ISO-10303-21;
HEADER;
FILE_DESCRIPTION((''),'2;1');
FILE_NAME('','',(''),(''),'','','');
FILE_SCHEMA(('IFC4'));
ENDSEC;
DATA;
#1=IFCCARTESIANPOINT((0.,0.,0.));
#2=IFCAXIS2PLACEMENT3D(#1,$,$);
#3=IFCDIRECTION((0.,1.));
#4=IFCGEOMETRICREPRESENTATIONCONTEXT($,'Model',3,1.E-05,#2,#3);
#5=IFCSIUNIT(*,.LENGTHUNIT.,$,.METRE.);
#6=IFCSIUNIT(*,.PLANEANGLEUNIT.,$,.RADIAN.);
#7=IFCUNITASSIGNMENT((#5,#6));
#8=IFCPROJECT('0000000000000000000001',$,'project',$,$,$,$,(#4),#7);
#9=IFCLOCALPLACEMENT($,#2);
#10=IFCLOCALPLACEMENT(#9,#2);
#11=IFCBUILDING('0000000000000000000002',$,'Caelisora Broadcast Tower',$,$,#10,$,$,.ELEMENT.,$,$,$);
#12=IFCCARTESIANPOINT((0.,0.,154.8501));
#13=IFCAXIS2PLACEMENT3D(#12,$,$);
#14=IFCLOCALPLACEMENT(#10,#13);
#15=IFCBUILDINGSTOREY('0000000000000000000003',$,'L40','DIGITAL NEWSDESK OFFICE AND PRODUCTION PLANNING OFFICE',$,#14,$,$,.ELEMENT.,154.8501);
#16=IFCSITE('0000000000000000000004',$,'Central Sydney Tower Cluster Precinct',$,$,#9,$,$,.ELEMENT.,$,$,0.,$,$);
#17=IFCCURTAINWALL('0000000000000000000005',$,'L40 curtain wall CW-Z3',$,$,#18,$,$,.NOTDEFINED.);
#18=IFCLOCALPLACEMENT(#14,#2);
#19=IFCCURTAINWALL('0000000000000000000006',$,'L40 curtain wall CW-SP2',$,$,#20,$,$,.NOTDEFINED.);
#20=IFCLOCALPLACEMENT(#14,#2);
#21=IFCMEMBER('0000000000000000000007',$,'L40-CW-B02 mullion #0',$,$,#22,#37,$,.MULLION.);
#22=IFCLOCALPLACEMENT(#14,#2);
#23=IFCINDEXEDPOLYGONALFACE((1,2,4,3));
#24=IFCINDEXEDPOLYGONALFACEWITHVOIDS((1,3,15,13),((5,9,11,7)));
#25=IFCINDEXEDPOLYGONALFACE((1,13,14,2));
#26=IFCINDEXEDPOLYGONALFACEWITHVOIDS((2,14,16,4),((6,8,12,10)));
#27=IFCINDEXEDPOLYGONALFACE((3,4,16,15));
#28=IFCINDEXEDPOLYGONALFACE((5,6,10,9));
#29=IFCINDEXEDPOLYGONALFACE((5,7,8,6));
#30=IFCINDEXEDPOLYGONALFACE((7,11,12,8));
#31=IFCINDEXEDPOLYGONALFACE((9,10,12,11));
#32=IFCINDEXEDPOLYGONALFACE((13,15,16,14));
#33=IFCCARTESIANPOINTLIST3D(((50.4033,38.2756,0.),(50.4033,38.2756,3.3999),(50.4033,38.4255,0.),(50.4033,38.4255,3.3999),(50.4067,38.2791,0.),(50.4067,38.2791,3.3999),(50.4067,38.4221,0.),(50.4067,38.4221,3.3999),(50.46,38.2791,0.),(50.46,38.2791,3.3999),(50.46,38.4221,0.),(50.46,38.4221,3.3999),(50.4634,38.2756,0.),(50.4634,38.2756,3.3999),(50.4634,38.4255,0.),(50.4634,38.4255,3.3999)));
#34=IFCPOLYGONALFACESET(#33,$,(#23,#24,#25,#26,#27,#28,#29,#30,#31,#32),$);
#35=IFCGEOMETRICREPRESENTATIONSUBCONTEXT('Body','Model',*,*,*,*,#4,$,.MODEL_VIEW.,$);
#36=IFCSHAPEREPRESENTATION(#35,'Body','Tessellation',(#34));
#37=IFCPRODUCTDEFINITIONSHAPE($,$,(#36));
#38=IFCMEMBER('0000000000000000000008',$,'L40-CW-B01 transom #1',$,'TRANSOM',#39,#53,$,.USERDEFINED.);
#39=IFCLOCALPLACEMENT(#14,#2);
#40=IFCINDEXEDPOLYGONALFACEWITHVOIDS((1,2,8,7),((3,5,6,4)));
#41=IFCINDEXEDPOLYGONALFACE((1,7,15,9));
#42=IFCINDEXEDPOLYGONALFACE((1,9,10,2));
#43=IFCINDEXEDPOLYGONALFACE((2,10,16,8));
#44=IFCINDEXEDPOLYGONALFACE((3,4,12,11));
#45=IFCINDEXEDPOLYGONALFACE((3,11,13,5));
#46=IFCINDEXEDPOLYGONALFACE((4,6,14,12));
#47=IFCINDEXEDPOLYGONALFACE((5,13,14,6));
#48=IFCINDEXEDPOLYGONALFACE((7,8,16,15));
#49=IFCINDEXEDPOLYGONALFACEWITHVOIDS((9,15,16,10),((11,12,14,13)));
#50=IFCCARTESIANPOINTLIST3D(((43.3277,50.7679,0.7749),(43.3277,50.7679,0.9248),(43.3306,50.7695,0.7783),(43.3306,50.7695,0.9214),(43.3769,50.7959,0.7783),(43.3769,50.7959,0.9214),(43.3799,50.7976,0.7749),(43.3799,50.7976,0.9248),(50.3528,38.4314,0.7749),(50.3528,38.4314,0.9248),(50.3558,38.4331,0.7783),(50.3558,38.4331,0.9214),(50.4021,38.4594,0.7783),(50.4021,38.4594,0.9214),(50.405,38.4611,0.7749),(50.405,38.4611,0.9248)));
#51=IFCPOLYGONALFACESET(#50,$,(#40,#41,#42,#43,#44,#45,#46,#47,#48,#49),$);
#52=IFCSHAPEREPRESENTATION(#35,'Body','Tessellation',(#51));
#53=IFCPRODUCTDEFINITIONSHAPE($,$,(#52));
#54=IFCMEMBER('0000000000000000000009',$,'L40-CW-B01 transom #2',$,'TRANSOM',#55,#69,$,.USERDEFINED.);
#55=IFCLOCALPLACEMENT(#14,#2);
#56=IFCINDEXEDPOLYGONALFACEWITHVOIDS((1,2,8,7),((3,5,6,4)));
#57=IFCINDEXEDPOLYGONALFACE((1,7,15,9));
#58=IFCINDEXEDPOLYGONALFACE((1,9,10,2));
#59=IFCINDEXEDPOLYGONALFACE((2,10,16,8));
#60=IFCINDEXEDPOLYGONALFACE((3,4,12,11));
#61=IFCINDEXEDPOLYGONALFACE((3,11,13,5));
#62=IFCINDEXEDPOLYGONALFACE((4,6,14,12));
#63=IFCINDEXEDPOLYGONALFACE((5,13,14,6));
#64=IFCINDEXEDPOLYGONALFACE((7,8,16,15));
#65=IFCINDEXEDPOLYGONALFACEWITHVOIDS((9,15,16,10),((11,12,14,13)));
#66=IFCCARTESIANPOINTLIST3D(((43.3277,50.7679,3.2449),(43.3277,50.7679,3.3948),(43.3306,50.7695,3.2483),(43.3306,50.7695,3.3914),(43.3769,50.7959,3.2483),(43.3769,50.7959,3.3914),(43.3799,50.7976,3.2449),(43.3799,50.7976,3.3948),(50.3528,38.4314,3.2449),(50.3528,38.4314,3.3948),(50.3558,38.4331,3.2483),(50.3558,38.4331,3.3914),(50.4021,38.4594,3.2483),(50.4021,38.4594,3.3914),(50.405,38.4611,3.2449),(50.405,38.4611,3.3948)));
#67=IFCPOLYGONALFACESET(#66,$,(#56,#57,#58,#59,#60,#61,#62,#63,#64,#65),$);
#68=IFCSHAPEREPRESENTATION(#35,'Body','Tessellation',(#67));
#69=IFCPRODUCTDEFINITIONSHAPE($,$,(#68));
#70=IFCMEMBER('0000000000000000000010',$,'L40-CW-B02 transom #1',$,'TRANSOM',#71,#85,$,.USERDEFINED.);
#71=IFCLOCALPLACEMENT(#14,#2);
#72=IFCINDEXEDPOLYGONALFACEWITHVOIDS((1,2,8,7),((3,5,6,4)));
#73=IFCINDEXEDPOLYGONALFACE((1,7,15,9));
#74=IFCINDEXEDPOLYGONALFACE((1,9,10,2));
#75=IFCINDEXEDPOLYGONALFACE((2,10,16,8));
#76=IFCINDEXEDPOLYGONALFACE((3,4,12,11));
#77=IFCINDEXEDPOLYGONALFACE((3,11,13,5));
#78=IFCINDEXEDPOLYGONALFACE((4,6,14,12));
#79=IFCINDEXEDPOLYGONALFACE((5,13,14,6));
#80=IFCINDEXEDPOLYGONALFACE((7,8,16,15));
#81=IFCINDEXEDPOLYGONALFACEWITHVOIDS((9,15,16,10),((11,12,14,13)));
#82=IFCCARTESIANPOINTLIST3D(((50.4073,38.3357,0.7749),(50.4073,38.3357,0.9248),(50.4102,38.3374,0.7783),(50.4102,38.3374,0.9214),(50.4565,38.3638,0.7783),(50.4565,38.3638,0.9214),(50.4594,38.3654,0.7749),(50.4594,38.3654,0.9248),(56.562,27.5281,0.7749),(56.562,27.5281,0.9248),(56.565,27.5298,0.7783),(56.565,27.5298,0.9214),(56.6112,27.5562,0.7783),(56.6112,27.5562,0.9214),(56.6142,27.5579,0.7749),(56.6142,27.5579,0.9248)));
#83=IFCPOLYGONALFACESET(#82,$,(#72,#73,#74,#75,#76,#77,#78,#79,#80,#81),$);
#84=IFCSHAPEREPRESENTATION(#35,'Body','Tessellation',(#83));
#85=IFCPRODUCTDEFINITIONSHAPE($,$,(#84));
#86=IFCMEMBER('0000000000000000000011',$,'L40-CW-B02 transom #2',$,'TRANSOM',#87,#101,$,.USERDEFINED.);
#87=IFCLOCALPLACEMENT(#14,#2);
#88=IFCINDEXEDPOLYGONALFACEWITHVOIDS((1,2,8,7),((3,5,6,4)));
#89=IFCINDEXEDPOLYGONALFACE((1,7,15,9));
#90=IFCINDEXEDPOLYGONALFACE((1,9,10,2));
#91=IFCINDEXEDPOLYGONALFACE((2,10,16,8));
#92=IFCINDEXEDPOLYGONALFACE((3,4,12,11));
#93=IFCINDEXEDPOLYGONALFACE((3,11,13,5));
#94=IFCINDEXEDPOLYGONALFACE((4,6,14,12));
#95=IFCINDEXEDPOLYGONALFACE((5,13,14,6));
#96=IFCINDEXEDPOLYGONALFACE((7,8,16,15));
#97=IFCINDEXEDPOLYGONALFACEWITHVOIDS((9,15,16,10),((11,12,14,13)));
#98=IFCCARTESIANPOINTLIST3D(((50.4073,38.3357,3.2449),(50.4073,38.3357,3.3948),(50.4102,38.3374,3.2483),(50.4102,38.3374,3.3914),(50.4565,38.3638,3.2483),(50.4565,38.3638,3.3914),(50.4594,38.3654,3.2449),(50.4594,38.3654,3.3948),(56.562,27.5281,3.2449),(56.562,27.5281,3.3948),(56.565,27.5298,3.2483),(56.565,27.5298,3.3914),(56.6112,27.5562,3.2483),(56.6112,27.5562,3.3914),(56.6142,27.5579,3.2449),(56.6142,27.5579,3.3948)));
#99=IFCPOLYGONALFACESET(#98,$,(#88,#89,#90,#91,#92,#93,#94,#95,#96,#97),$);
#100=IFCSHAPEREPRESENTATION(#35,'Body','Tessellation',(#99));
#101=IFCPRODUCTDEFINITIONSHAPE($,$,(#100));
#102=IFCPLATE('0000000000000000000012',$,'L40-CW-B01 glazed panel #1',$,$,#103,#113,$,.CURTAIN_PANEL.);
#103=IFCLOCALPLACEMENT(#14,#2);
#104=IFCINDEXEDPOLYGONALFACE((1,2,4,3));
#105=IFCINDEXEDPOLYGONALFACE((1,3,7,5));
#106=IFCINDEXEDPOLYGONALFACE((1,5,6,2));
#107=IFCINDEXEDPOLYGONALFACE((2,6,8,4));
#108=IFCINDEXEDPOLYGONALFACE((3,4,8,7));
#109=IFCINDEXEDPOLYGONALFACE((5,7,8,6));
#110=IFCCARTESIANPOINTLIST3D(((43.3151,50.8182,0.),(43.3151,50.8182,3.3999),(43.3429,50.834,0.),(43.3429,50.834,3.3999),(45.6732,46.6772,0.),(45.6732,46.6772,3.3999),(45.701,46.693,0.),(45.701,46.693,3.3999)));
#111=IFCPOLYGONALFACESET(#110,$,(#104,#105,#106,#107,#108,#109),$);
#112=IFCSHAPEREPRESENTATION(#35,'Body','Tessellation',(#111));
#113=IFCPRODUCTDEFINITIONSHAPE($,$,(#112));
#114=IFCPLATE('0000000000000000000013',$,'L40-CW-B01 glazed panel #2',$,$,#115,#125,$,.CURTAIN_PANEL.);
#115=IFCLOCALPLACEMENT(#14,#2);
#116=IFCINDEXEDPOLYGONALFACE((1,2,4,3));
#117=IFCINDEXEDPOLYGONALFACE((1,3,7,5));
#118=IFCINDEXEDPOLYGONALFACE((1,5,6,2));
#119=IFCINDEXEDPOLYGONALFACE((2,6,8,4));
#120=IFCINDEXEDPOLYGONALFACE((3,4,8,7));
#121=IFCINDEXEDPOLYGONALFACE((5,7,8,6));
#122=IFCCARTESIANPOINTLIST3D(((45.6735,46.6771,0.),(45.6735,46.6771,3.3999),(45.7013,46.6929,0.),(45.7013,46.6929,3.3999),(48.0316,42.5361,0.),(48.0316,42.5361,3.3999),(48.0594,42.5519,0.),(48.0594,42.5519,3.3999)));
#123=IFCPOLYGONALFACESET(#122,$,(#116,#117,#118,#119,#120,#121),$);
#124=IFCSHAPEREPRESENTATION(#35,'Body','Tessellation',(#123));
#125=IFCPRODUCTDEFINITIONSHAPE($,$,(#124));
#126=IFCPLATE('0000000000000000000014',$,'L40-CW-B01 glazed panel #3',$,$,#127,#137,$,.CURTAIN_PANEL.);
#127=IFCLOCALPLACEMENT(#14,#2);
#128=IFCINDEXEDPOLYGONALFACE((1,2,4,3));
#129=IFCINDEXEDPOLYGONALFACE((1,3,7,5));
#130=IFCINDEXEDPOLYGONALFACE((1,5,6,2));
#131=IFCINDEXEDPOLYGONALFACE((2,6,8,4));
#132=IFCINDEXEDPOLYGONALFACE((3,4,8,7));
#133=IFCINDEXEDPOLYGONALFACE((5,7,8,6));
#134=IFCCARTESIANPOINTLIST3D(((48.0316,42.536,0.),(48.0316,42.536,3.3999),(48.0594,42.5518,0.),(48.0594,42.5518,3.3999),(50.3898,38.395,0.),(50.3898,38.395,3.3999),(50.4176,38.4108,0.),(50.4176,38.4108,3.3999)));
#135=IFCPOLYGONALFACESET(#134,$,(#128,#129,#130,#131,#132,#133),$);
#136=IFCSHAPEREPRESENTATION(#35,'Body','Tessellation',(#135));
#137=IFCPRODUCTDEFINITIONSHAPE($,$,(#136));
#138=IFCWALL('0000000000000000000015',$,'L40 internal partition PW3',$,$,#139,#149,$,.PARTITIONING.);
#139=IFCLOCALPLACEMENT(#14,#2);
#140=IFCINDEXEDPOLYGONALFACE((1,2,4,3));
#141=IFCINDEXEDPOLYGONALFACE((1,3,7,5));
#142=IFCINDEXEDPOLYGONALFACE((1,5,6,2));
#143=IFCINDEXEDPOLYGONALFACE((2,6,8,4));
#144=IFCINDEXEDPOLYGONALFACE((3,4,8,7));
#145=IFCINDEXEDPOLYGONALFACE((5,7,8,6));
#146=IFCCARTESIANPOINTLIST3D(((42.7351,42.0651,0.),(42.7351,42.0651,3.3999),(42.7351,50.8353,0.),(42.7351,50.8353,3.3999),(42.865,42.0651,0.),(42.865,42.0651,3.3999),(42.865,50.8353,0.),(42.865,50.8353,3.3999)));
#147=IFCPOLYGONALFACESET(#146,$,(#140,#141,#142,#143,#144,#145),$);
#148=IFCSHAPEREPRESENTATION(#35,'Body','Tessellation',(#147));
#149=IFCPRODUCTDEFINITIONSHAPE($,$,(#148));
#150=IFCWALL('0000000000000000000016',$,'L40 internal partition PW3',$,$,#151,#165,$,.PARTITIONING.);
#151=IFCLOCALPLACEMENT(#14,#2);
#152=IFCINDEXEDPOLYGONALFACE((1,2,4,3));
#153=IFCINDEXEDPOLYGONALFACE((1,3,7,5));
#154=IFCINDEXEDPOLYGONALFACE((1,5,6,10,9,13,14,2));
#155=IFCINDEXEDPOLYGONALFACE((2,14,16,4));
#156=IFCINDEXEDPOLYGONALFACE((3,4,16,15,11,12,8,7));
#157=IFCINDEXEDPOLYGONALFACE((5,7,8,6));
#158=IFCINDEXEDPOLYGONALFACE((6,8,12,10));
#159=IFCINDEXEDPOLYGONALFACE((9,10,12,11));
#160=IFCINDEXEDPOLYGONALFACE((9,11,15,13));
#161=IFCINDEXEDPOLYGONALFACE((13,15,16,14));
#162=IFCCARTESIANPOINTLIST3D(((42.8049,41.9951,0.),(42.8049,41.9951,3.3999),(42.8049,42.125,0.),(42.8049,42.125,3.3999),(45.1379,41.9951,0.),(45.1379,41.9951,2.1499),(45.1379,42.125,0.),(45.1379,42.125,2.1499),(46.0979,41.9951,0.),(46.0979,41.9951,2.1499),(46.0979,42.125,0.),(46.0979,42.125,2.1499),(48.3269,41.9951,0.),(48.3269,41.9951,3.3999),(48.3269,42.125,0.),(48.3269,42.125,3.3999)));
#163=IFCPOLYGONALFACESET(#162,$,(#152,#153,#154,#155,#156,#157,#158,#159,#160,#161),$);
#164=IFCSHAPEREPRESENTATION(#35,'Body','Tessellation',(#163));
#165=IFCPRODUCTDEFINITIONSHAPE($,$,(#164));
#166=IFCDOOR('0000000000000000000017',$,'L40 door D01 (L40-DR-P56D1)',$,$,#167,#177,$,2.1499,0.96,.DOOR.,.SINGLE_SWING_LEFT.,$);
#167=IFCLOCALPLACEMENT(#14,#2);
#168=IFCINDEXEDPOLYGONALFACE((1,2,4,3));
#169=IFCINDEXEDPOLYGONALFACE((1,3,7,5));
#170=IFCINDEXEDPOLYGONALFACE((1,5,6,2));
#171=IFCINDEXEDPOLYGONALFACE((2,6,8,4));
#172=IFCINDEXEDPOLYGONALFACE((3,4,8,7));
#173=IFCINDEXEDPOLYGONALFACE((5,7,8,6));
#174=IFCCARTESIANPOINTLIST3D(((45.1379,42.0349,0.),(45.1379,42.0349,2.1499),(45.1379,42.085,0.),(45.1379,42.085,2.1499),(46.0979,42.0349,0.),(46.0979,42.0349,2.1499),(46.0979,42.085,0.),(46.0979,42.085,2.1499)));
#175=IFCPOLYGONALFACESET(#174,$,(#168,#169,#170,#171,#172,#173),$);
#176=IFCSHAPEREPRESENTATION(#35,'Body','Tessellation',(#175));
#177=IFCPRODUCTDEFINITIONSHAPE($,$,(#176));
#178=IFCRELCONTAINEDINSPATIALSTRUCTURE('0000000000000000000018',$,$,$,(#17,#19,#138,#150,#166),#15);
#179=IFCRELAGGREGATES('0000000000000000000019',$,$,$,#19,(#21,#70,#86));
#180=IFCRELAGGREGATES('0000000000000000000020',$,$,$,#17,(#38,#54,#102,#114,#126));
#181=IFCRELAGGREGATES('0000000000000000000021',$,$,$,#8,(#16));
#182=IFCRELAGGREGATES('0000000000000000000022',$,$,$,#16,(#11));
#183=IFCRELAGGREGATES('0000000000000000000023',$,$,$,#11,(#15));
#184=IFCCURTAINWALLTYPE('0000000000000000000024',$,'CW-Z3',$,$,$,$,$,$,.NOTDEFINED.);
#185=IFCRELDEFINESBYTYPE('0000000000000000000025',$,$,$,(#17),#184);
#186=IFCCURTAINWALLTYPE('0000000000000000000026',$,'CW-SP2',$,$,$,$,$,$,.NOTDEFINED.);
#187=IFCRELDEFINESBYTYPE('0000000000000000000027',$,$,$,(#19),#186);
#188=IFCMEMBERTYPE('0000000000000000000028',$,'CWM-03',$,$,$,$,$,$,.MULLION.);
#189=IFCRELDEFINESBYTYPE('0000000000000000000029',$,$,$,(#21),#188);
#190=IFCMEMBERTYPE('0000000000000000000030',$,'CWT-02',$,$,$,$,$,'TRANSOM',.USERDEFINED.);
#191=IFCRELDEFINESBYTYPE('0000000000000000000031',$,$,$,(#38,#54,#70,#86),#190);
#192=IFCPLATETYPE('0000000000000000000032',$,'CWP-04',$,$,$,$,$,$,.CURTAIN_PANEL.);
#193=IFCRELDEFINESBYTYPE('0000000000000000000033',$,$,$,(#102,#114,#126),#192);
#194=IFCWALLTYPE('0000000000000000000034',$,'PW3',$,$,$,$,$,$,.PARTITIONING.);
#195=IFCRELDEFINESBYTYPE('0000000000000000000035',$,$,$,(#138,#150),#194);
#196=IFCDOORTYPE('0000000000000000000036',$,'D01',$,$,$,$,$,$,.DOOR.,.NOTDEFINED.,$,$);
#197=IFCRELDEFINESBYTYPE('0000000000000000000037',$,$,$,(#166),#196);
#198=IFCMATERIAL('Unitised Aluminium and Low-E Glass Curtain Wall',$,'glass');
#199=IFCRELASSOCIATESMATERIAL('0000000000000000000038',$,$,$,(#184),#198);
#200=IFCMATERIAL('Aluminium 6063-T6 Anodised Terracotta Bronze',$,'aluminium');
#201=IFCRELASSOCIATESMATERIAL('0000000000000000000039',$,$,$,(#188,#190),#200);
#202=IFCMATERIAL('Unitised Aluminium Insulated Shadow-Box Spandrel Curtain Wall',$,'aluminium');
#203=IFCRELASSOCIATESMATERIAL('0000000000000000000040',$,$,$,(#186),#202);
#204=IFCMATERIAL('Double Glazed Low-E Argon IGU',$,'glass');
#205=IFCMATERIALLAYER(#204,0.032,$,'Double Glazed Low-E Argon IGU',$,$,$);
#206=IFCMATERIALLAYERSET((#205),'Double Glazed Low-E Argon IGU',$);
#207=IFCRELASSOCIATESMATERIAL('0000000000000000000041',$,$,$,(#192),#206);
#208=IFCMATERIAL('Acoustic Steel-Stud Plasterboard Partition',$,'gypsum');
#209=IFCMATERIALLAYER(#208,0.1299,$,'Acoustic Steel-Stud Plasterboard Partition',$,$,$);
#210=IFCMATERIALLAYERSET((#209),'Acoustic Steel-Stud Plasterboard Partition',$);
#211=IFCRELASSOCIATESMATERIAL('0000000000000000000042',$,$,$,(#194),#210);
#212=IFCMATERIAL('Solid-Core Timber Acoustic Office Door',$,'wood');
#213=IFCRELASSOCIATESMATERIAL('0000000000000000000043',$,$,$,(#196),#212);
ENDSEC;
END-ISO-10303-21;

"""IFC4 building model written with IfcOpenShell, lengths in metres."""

from ifc_helpers import new_model, si_unit, direction, frame, frame_2d, origin, origin_2d, place, context, subcontext, project, spatial, rectangle, hollow_rectangle, extrude, source, transform, mapped, material, layer, layer_set, material_profile, profile_set, type_object, type_shapes, element, fill, aggregate, save


model = new_model("IFC4")

# Units and contexts
model_context = context("Model", 3, precision=1e-05, world=origin(), true_north=direction((0.0, 1.0)))
body_context = subcontext(model_context, "Body", "Model", "MODEL_VIEW")
ifc_project = project(units=[si_unit("LENGTHUNIT", "METRE"), si_unit("PLANEANGLEUNIT", "RADIAN")], contexts=[model_context])

# Site, building, storey
site_placement = place(None, origin())
site = spatial("IfcSite", under=ifc_project, at=site_placement, Name="Central Sydney Tower Cluster Precinct", CompositionType="ELEMENT", RefElevation=0.0)
building_placement = place(site_placement, origin())
building = spatial("IfcBuilding", under=site, at=building_placement, Name="Caelisora Broadcast Tower", CompositionType="ELEMENT")
storey_placement = place(building_placement, frame((0.0, 0.0, 154.8501)))
storey = spatial("IfcBuildingStorey", under=building, at=storey_placement, Name="L40", Description="DIGITAL NEWSDESK OFFICE AND PRODUCTION PLANNING OFFICE", CompositionType="ELEMENT", Elevation=154.8501)

# Curtain wall
ifc_material_1 = material(Name="Unitised Aluminium and Low-E Glass Curtain Wall", Category="glass")
curtain_wall_type_1 = type_object("IfcCurtainWallType", Name="CW-Z3", PredefinedType="NOTDEFINED", material=ifc_material_1)
curtain_wall_1_placement = place(storey_placement, origin())
curtain_wall_1 = element("IfcCurtainWall", 1, at=curtain_wall_1_placement, inside=storey, type_object=curtain_wall_type_1, Name="L40 curtain wall CW-Z3", PredefinedType="NOTDEFINED")
ifc_material_2 = material(Name="Aluminium 6063-T6 Anodised Terracotta Bronze", Category="aluminium")
ifc_material_profile_1 = material_profile(ifc_material_2, hollow_rectangle(XDim=0.0601, YDim=0.1499, WallThickness=0.0034, at=origin_2d()), Name="Aluminium 6063-T6 Anodised Terracotta Bronze")
ifc_profile_set_1 = profile_set([ifc_material_profile_1], Name="Aluminium 6063-T6 Anodised Terracotta Bronze")
member_type_1 = type_object("IfcMemberType", Name="CWM-03", PredefinedType="MULLION", material=ifc_profile_set_1)
shared_shape_1 = source(origin(), body_context, "Body", "SweptSolid", [
    extrude(hollow_rectangle(XDim=0.0601, YDim=0.1499, WallThickness=0.0034, at=origin_2d()), origin(), (0.0, 0.0, 1.0), 3.3999),
])
type_shapes(member_type_1, [shared_shape_1])

# Curtain wall, member
ifc_material_3 = material(Name="Unitised Aluminium Insulated Shadow-Box Spandrel Curtain Wall", Category="aluminium")
curtain_wall_type_2 = type_object("IfcCurtainWallType", Name="CW-SP2", PredefinedType="NOTDEFINED", material=ifc_material_3)
curtain_wall_2_placement = place(storey_placement, origin())
curtain_wall_2 = element("IfcCurtainWall", 2, at=curtain_wall_2_placement, inside=storey, type_object=curtain_wall_type_2, Name="L40 curtain wall CW-SP2", PredefinedType="NOTDEFINED")
member_1_placement = place(storey_placement, frame((50.4333, 38.3506, 0.0), z_axis=(0.0, 0.0, 1.0), x_axis=(1.0, 0.0, 0.0)))
member_1 = element("IfcMember", 3, at=member_1_placement, type_object=member_type_1, Name="L40-CW-B02 mullion #0", PredefinedType="MULLION", context=body_context, shape_type="MappedRepresentation", body=[
    mapped(shared_shape_1, transform((0.0, 0.0, 0.0), scale=1.0)),
])

# Members
ifc_material_profile_2 = material_profile(ifc_material_2, hollow_rectangle(XDim=0.0601, YDim=0.1499, WallThickness=0.0034, at=origin_2d()), Name="Aluminium 6063-T6 Anodised Terracotta Bronze")
ifc_profile_set_2 = profile_set([ifc_material_profile_2], Name="Aluminium 6063-T6 Anodised Terracotta Bronze")
member_type_2 = type_object("IfcMemberType", Name="CWT-02", ElementType="TRANSOM", PredefinedType="USERDEFINED", material=ifc_profile_set_2)
shared_shape_2 = source(origin(), body_context, "Body", "SweptSolid", [
    extrude(hollow_rectangle(XDim=0.0601, YDim=0.1499, WallThickness=0.0034, at=origin_2d()), origin(), (0.0, 0.0, 1.0), 14.1965),
])
member_2_placement = place(storey_placement, frame((43.3538, 50.7827, 0.8499), z_axis=(0.494851, -0.868978, 0.0), x_axis=(0.868978, 0.494851, 0.0)))
member_2 = element("IfcMember", 4, at=member_2_placement, type_object=member_type_2, Name="L40-CW-B01 transom #1", ObjectType="TRANSOM", PredefinedType="USERDEFINED", context=body_context, shape_type="MappedRepresentation", body=[
    mapped(shared_shape_2, transform((0.0, 0.0, 0.0), scale=1.0)),
])
member_3_placement = place(storey_placement, frame((43.3538, 50.7827, 3.3198), z_axis=(0.494851, -0.868978, 0.0), x_axis=(0.868978, 0.494851, 0.0)))
member_3 = element("IfcMember", 5, at=member_3_placement, type_object=member_type_2, Name="L40-CW-B01 transom #2", ObjectType="TRANSOM", PredefinedType="USERDEFINED", context=body_context, shape_type="MappedRepresentation", body=[
    mapped(shared_shape_2, transform((0.0, 0.0, 0.0), scale=1.0)),
])
shared_shape_3 = source(origin(), body_context, "Body", "SweptSolid", [
    extrude(hollow_rectangle(XDim=0.0601, YDim=0.1499, WallThickness=0.0034, at=origin_2d()), origin(), (0.0, 0.0, 1.0), 12.4373),
])
type_shapes(member_type_2, [shared_shape_2, shared_shape_3])
member_4_placement = place(storey_placement, frame((50.4333, 38.3506, 0.8499), z_axis=(0.494866, -0.868969, 0.0), x_axis=(0.868969, 0.494866, 0.0)))
member_4 = element("IfcMember", 6, at=member_4_placement, type_object=member_type_2, Name="L40-CW-B02 transom #1", ObjectType="TRANSOM", PredefinedType="USERDEFINED", context=body_context, shape_type="MappedRepresentation", body=[
    mapped(shared_shape_3, transform((0.0, 0.0, 0.0), scale=1.0)),
])
member_5_placement = place(storey_placement, frame((50.4333, 38.3506, 3.3198), z_axis=(0.494866, -0.868969, 0.0), x_axis=(0.868969, 0.494866, 0.0)))
member_5 = element("IfcMember", 7, at=member_5_placement, type_object=member_type_2, Name="L40-CW-B02 transom #2", ObjectType="TRANSOM", PredefinedType="USERDEFINED", context=body_context, shape_type="MappedRepresentation", body=[
    mapped(shared_shape_3, transform((0.0, 0.0, 0.0), scale=1.0)),
])
aggregate(curtain_wall_2, [member_1, member_4, member_5])

# Plates
ifc_material_4 = material(Name="Double Glazed Low-E Argon IGU", Category="glass")
ifc_layer_1 = layer(ifc_material_4, 0.032, Name="Double Glazed Low-E Argon IGU")
ifc_layer_set_1 = layer_set([ifc_layer_1], Name="Double Glazed Low-E Argon IGU")
plate_type = type_object("IfcPlateType", Name="CWP-04", PredefinedType="CURTAIN_PANEL", material=ifc_layer_set_1)
shared_shape_4 = source(origin(), body_context, "Body", "SweptSolid", [
    extrude(rectangle(XDim=4.7654, YDim=0.032, at=origin_2d()), origin(), (0.0, 0.0, 1.0), 3.3999),
])
type_shapes(plate_type, [shared_shape_4])
plate_1_placement = place(storey_placement, frame((44.5081, 48.7556, 0.0), z_axis=(0.0, 0.0, 1.0), x_axis=(0.494852, -0.868977, 0.0)))
plate_1 = element("IfcPlate", 8, at=plate_1_placement, type_object=plate_type, Name="L40-CW-B01 glazed panel #1", PredefinedType="CURTAIN_PANEL", context=body_context, shape_type="MappedRepresentation", body=[
    mapped(shared_shape_4, transform((0.0, 0.0, 0.0), scale=1.0)),
])
plate_2_placement = place(storey_placement, frame((46.8665, 44.6145, 0.0), z_axis=(0.0, 0.0, 1.0), x_axis=(0.494852, -0.868977, 0.0)))
plate_2 = element("IfcPlate", 9, at=plate_2_placement, type_object=plate_type, Name="L40-CW-B01 glazed panel #2", PredefinedType="CURTAIN_PANEL", context=body_context, shape_type="MappedRepresentation", body=[
    mapped(shared_shape_4, transform((0.0, 0.0, 0.0), scale=1.0)),
])
plate_3_placement = place(storey_placement, frame((49.2246, 40.4734, 0.0), z_axis=(0.0, 0.0, 1.0), x_axis=(0.494852, -0.868977, 0.0)))
plate_3 = element("IfcPlate", 10, at=plate_3_placement, type_object=plate_type, Name="L40-CW-B01 glazed panel #3", PredefinedType="CURTAIN_PANEL", context=body_context, shape_type="MappedRepresentation", body=[
    mapped(shared_shape_4, transform((0.0, 0.0, 0.0), scale=1.0)),
])
aggregate(curtain_wall_1, [member_2, member_3, plate_1, plate_2, plate_3])

# Wall
ifc_material_5 = material(Name="Acoustic Steel-Stud Plasterboard Partition", Category="gypsum")
ifc_layer_2 = layer(ifc_material_5, 0.1299, Name="Acoustic Steel-Stud Plasterboard Partition")
ifc_layer_set_2 = layer_set([ifc_layer_2], Name="Acoustic Steel-Stud Plasterboard Partition")
wall_type = type_object("IfcWallType", Name="PW3", PredefinedType="PARTITIONING", material=ifc_layer_set_2)
wall_1_placement = place(storey_placement, frame((42.8, 42.0649, 0.0), z_axis=(0.0, 0.0, 1.0), x_axis=(0.0, 1.0, 0.0)))
element("IfcWall", 11, at=wall_1_placement, inside=storey, type_object=wall_type, Name="L40 internal partition PW3", PredefinedType="PARTITIONING", context=body_context, shape_type="SweptSolid", body=[
    extrude(rectangle(XDim=8.7703, YDim=0.1299, at=frame_2d((4.3853, 0.0))), origin(), (0.0, 0.0, 1.0), 3.3999),
])

# Wall, opening, door
wall_2_placement = place(storey_placement, frame((42.8049, 42.0601, 0.0), z_axis=(0.0, 0.0, 1.0), x_axis=(1.0, 0.0, 0.0)))
wall_2 = element("IfcWall", 12, at=wall_2_placement, inside=storey, type_object=wall_type, Name="L40 internal partition PW3", PredefinedType="PARTITIONING", context=body_context, shape_type="SweptSolid", body=[
    extrude(rectangle(XDim=5.522, YDim=0.1299, at=frame_2d((2.761, 0.0))), origin(), (0.0, 0.0, 1.0), 3.3999),
])
opening_placement = place(wall_2_placement, frame((2.333, 0.0, 0.0)))
opening = element("IfcOpeningElement", 13, at=opening_placement, cuts=wall_2, PredefinedType="OPENING", context=body_context, shape_type="SweptSolid", body=[
    extrude(rectangle(XDim=0.96, YDim=2.1499, at=frame_2d((0.48, 1.075))), frame((0.0, 0.0769, 0.0), z_axis=(0.0, -1.0, 0.0), x_axis=(1.0, 0.0, 0.0)), (0.0, 0.0, 1.0), 0.1538),
])
ifc_material_6 = material(Name="Solid-Core Timber Acoustic Office Door", Category="wood")
door_type = type_object("IfcDoorType", Name="D01", OperationType="NOTDEFINED", PredefinedType="DOOR", material=ifc_material_6)
door_placement = place(opening_placement, origin())
door = element("IfcDoor", 14, at=door_placement, inside=storey, type_object=door_type, Name="L40 door D01 (L40-DR-P56D1)", OperationType="SINGLE_SWING_LEFT", OverallHeight=2.1499, OverallWidth=0.96, PredefinedType="DOOR", context=body_context, shape_type="SweptSolid", body=[
    extrude(rectangle(XDim=0.96, YDim=2.1499, at=frame_2d((0.48, 1.075))), frame((0.0, 0.0249, 0.0), z_axis=(0.0, -1.0, 0.0), x_axis=(1.0, 0.0, 0.0)), (0.0, 0.0, 1.0), 0.05),
])
fill(opening, door)

save(model, "model.ifc")
